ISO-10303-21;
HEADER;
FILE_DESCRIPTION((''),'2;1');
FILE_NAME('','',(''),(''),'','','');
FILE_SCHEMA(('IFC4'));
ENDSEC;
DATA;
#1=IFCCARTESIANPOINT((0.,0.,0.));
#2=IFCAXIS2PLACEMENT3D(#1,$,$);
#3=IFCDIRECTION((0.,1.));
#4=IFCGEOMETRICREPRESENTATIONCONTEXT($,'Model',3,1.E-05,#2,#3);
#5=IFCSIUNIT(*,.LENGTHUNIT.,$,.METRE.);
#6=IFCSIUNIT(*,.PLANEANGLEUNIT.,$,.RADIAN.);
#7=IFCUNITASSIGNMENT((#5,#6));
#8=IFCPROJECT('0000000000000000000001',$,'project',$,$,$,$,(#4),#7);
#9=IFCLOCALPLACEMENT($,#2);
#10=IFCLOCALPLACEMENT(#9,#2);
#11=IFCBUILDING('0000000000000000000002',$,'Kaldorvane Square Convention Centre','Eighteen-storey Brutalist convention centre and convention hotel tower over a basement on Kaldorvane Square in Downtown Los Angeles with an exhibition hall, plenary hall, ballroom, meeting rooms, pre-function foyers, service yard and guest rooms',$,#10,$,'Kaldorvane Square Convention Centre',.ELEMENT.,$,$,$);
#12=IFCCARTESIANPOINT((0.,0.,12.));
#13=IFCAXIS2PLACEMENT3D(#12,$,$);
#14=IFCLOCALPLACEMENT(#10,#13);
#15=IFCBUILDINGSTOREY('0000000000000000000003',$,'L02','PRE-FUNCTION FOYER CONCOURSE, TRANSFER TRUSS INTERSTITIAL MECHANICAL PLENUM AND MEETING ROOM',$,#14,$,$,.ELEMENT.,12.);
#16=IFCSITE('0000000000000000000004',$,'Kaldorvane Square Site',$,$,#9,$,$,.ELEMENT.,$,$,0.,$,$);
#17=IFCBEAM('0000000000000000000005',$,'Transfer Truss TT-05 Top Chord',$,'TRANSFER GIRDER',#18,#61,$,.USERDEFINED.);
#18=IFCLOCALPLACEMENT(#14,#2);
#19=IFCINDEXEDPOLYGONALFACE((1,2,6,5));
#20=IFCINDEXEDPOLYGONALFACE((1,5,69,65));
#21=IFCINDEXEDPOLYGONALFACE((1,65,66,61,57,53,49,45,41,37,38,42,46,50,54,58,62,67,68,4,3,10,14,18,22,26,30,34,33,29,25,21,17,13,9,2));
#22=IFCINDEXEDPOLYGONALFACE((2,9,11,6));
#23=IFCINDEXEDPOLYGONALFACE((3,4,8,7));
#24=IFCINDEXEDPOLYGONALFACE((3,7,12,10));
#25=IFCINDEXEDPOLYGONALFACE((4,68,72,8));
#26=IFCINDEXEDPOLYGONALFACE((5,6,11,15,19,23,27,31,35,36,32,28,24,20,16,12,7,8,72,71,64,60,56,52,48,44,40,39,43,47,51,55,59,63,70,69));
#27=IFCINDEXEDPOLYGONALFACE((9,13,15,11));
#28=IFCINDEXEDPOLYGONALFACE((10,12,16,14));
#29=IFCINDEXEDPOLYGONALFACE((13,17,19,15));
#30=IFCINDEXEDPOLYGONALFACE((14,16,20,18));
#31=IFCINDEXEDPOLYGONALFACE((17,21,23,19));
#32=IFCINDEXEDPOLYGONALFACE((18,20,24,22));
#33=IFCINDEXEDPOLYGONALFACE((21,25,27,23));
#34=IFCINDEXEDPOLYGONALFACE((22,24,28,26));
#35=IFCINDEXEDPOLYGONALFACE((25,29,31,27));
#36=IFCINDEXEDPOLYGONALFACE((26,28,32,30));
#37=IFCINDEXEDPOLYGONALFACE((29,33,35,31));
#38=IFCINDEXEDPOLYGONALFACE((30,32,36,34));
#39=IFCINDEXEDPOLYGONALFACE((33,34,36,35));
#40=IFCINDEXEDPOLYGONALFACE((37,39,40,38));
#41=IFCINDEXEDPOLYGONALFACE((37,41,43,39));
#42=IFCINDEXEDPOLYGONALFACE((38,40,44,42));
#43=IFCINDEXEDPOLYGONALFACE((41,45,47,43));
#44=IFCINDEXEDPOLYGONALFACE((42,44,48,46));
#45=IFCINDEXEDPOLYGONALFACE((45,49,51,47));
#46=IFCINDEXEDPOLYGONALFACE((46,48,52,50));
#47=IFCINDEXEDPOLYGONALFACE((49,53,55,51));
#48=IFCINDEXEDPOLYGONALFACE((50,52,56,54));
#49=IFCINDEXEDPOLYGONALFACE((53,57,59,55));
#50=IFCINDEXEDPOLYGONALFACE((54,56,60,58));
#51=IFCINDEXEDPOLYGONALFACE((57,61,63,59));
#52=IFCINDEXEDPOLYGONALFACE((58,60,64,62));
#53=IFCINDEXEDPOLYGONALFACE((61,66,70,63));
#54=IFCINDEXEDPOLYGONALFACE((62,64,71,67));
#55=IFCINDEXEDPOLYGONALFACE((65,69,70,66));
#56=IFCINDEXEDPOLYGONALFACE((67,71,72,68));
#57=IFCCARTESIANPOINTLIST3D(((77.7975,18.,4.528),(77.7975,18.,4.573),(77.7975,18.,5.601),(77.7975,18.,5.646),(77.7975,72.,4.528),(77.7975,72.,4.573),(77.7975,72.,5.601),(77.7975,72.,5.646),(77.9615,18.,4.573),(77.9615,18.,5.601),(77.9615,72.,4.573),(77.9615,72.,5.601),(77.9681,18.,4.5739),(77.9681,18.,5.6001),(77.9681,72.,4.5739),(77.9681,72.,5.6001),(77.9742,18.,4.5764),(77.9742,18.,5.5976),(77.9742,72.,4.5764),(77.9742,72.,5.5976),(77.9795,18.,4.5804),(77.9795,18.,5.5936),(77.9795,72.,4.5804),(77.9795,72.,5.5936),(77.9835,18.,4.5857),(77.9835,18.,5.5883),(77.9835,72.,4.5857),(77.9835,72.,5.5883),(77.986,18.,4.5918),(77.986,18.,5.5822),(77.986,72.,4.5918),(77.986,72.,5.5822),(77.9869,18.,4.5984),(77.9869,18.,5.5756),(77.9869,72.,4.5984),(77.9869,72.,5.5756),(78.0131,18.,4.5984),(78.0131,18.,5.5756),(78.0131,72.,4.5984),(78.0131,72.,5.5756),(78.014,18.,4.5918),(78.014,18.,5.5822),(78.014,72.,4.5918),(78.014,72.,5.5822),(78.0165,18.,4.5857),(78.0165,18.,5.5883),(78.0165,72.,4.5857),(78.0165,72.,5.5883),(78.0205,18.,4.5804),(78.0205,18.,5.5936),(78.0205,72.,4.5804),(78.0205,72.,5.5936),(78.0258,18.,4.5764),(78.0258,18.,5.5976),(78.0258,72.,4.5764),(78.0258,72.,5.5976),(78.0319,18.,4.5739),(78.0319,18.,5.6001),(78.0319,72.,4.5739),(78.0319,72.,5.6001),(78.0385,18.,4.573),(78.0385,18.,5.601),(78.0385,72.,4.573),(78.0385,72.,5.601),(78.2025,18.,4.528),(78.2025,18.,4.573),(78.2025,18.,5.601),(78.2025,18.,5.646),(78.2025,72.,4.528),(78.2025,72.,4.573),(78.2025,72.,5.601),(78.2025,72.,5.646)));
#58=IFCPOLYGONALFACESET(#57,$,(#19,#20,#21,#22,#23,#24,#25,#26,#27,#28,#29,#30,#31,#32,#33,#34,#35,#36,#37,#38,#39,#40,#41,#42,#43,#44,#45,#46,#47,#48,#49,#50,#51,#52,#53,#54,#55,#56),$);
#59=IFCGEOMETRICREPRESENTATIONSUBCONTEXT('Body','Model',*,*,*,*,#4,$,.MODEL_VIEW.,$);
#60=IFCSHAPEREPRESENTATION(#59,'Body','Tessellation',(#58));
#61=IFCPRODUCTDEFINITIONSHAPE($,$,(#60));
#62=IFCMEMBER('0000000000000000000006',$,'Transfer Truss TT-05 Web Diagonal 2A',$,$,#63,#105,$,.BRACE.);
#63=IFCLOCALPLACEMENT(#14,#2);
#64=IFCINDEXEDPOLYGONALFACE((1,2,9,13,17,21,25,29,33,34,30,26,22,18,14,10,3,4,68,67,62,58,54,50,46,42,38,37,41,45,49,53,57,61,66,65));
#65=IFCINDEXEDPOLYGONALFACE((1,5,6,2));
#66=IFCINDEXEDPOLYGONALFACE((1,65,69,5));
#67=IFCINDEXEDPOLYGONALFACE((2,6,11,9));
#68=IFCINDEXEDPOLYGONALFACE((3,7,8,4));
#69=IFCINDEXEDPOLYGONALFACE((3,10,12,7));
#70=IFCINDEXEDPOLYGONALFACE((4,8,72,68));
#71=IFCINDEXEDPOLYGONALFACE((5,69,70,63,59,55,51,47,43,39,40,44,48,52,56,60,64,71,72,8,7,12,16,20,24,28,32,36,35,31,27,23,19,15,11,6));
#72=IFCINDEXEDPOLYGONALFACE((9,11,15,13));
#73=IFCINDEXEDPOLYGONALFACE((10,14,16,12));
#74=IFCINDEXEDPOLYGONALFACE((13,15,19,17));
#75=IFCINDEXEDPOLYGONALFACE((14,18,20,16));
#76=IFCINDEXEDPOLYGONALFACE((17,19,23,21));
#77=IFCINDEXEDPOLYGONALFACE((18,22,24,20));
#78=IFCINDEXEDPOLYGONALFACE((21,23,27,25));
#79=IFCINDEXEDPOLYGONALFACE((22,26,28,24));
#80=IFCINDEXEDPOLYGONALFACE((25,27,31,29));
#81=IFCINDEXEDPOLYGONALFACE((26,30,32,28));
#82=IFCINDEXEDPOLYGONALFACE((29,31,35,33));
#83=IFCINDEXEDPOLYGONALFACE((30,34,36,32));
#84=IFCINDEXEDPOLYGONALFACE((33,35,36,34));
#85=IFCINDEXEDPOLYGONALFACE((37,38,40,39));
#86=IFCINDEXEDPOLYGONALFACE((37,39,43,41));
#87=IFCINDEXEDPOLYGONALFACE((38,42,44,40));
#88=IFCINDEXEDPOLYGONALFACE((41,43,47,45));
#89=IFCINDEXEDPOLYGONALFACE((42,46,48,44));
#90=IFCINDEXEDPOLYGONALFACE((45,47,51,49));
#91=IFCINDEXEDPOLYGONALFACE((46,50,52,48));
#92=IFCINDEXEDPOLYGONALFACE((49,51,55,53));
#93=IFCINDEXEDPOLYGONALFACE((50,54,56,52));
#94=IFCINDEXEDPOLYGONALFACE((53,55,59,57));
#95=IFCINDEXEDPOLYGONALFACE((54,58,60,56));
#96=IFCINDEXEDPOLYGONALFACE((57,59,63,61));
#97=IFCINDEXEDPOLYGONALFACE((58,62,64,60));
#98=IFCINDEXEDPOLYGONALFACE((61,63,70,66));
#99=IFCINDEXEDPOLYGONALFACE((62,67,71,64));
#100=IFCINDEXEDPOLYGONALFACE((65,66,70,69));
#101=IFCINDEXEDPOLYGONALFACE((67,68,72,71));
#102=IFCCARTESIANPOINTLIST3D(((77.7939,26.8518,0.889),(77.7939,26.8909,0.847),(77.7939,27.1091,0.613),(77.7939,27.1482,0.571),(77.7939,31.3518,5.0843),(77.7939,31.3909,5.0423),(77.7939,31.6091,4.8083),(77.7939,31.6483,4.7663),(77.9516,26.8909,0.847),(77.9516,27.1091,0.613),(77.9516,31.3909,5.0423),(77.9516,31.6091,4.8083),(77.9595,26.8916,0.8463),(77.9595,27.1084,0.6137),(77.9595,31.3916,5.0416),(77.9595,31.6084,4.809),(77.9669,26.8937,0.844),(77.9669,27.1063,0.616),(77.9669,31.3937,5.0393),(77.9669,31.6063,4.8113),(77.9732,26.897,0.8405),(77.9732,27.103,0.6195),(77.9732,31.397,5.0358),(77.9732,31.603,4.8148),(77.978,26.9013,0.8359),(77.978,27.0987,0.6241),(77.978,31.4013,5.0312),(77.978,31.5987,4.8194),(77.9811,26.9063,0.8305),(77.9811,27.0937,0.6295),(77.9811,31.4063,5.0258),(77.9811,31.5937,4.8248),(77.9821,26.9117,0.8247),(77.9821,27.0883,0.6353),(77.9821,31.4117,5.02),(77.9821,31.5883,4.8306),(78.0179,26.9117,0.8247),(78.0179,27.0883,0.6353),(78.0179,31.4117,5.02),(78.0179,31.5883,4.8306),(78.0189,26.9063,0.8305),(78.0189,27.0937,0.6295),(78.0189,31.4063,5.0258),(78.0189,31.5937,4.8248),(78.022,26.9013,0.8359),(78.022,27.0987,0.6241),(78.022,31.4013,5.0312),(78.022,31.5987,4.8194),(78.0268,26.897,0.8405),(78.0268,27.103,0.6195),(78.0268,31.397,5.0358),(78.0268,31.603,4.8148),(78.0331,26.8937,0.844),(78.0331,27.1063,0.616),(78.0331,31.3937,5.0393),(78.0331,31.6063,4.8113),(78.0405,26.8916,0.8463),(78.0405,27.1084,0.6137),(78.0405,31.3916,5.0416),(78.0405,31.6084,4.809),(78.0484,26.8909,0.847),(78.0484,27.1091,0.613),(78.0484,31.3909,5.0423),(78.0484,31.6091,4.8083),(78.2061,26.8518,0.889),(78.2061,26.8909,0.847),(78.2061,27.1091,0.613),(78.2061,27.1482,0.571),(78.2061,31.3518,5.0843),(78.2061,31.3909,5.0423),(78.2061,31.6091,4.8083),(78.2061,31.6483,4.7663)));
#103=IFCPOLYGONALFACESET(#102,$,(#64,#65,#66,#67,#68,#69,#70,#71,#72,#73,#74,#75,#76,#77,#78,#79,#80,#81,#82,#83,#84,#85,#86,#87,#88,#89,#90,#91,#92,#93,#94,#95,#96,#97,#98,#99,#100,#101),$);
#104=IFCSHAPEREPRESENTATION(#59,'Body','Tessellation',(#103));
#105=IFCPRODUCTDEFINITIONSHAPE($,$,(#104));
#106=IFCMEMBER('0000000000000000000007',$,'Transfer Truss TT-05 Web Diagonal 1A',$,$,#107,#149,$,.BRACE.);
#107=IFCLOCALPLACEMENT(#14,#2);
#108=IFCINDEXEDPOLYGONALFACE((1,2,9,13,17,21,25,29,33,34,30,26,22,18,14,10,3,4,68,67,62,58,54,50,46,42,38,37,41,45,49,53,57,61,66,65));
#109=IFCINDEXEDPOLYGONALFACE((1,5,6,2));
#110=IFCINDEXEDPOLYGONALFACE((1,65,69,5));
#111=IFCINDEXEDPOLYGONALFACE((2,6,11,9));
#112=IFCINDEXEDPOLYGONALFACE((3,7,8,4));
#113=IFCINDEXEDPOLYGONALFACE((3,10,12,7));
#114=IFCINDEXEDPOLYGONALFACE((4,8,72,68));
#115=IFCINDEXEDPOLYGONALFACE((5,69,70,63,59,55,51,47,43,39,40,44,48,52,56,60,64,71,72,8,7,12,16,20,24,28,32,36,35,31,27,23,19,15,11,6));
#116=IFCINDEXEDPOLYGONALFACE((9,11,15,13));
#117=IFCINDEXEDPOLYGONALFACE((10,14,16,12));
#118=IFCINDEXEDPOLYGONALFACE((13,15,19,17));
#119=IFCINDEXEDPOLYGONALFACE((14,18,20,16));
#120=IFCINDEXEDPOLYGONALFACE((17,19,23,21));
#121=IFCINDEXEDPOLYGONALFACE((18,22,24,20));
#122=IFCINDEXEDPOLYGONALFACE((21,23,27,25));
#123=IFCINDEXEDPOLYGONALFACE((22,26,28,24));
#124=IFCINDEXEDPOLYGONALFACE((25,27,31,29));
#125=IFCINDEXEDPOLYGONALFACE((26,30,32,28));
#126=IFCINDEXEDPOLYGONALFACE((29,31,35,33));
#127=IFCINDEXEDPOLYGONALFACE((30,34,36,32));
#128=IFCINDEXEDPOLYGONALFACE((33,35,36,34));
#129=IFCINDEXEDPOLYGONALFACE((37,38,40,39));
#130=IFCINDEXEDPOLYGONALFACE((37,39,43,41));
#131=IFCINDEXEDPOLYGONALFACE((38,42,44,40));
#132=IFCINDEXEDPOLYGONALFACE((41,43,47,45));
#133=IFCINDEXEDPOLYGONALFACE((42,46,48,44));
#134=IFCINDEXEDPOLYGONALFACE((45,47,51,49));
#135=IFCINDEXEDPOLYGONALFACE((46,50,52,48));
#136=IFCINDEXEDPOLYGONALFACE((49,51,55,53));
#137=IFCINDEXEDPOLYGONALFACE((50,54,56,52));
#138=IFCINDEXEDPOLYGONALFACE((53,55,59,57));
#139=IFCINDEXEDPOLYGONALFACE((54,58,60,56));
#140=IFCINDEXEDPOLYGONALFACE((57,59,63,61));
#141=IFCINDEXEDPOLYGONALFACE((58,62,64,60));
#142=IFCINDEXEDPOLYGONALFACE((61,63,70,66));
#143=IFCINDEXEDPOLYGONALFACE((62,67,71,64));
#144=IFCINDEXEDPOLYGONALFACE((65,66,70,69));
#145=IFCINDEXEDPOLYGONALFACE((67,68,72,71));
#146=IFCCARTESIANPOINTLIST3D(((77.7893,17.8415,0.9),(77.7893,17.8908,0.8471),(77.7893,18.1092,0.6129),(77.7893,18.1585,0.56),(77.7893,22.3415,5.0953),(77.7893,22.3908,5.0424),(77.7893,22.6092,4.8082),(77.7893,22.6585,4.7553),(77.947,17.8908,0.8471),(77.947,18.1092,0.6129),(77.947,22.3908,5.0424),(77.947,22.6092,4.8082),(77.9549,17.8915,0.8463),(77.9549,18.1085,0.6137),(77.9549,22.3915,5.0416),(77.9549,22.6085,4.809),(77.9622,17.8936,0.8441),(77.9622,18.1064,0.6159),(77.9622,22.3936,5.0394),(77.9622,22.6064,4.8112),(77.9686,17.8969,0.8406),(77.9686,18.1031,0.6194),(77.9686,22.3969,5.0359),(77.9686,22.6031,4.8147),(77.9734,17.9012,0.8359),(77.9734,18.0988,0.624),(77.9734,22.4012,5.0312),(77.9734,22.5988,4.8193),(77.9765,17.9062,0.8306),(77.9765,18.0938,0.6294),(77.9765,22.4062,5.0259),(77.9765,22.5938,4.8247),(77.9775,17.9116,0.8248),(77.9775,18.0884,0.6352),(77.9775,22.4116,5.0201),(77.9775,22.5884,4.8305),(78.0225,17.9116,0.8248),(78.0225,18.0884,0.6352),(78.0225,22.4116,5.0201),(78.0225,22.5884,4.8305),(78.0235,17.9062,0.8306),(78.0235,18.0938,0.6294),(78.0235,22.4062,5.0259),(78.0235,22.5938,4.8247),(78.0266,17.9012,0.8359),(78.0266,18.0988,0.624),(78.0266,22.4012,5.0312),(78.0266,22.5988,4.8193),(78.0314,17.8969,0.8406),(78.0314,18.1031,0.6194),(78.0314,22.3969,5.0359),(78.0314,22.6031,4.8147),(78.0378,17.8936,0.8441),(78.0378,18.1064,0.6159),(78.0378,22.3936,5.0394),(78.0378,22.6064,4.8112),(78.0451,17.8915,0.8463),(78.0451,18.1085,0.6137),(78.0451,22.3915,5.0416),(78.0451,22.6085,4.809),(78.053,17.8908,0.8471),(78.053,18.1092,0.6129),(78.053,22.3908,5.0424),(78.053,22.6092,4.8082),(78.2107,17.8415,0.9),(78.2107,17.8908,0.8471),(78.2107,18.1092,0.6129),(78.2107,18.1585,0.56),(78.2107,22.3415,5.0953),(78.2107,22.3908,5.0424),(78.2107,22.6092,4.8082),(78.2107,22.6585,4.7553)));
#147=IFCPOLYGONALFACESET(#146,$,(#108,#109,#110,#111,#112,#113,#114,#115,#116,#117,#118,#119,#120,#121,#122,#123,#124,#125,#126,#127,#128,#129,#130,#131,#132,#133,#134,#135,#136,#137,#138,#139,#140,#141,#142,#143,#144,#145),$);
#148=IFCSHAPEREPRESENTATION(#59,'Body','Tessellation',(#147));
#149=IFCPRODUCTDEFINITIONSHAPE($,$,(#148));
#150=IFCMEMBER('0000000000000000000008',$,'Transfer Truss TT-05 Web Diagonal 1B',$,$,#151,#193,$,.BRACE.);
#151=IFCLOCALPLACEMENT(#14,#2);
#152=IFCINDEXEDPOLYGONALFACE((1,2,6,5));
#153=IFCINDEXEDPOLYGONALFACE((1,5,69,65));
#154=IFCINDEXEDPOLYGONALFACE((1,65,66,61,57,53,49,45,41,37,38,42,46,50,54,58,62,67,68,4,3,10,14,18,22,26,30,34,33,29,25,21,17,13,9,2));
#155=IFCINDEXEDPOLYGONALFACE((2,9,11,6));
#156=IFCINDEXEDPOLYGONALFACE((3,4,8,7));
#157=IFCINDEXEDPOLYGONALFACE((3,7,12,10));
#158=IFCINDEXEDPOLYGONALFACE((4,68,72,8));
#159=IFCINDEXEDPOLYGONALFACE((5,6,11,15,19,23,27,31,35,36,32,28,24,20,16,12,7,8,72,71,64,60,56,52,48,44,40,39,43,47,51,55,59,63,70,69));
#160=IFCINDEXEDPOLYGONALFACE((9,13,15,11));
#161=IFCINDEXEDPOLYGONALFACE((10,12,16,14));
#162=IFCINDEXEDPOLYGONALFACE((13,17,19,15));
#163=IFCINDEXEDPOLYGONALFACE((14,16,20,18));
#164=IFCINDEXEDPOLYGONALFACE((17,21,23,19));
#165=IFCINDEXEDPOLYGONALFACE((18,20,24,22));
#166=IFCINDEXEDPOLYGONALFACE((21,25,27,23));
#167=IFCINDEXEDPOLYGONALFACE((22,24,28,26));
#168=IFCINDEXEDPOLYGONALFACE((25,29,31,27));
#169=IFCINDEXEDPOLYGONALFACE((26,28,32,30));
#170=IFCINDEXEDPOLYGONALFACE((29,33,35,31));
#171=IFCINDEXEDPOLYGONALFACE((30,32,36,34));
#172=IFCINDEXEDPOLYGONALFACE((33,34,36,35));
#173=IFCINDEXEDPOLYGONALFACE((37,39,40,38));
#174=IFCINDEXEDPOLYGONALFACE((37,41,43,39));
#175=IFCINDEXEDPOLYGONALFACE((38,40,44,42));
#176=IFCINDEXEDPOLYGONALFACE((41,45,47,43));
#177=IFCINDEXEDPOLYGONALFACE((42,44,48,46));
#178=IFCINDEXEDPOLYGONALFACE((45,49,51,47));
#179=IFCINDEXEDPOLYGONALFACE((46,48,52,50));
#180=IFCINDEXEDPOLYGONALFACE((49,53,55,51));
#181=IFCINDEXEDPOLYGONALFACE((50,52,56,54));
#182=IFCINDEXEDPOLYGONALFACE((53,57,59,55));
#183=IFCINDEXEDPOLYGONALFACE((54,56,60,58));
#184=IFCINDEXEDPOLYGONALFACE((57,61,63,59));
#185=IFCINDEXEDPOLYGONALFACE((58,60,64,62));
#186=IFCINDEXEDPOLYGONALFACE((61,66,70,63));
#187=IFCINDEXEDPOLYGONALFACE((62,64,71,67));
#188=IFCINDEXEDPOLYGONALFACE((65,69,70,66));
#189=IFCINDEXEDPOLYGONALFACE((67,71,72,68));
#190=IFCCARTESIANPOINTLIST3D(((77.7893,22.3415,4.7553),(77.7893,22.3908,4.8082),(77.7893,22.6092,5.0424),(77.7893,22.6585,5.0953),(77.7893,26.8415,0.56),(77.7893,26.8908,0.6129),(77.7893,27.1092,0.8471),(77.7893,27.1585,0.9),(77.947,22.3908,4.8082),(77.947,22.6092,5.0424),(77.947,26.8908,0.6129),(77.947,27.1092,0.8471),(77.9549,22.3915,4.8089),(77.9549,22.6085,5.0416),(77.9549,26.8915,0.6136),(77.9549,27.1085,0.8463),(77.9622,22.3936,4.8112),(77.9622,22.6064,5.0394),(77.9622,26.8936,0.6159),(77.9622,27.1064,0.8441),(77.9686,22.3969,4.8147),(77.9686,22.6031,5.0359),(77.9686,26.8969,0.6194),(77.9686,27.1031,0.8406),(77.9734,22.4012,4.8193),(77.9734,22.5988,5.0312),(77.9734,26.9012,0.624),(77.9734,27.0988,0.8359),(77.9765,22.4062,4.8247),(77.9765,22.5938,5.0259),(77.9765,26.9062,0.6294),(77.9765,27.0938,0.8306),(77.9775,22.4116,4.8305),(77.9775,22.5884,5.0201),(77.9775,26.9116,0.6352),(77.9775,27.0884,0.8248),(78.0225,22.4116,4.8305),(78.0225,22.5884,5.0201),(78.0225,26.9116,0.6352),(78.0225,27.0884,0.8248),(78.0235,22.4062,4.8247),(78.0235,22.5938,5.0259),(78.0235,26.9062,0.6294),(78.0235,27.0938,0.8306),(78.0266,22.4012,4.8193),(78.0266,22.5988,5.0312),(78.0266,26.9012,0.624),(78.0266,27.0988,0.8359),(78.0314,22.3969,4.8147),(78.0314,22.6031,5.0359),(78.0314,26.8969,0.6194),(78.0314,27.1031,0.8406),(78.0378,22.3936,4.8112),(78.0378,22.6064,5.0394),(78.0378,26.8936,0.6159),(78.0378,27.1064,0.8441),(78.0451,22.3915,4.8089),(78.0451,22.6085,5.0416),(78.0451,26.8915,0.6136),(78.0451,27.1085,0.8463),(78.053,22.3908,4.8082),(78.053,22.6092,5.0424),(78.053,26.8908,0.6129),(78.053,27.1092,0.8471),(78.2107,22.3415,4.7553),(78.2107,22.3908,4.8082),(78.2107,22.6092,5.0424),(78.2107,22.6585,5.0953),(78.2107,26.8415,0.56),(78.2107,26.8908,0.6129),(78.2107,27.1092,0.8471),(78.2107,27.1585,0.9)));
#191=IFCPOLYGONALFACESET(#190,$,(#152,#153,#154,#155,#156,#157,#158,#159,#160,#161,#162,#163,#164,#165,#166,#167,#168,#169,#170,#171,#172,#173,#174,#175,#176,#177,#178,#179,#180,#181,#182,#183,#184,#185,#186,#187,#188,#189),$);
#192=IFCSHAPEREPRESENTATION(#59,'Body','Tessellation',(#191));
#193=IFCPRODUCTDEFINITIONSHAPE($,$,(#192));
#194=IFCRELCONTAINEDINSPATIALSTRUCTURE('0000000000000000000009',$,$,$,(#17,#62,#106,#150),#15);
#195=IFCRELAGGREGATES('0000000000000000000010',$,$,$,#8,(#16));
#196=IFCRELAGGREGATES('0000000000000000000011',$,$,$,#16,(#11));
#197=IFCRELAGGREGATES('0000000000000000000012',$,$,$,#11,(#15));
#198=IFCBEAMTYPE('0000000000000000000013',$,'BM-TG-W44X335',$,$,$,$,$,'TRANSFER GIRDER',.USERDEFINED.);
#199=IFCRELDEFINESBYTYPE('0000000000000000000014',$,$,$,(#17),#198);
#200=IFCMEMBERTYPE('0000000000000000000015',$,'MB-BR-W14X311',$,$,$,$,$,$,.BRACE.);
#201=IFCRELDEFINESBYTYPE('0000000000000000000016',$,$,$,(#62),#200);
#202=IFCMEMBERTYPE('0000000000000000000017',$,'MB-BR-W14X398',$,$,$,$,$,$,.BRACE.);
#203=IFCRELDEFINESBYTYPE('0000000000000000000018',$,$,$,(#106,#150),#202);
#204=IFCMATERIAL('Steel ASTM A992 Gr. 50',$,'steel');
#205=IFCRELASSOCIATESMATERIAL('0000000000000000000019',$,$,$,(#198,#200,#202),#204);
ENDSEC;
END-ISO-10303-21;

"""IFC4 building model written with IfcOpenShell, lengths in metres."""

from ifc_helpers import new_model, si_unit, direction, frame, origin, origin_2d, place, context, subcontext, project, spatial, i_section, extrude, material, material_profile, profile_set, type_object, element, save


model = new_model("IFC4")

# Units and contexts
model_context = context("Model", 3, precision=1e-05, world=origin(), true_north=direction((0.0, 1.0)))
body_context = subcontext(model_context, "Body", "Model", "MODEL_VIEW")
ifc_project = project(units=[si_unit("LENGTHUNIT", "METRE"), si_unit("PLANEANGLEUNIT", "RADIAN")], contexts=[model_context])

# Site, building, storey
site_placement = place(None, origin())
site = spatial("IfcSite", under=ifc_project, at=site_placement, Name="Kaldorvane Square Site", CompositionType="ELEMENT", RefElevation=0.0)
building_placement = place(site_placement, origin())
building = spatial("IfcBuilding", under=site, at=building_placement, Name="Kaldorvane Square Convention Centre", Description="Eighteen-storey Brutalist convention centre and convention hotel tower over a basement on Kaldorvane Square in Downtown Los Angeles with an exhibition hall, plenary hall, ballroom, meeting rooms, pre-function foyers, service yard and guest rooms", LongName="Kaldorvane Square Convention Centre", CompositionType="ELEMENT")
storey_placement = place(building_placement, frame((0.0, 0.0, 12.0)))
storey = spatial("IfcBuildingStorey", under=building, at=storey_placement, Name="L02", Description="PRE-FUNCTION FOYER CONCOURSE, TRANSFER TRUSS INTERSTITIAL MECHANICAL PLENUM AND MEETING ROOM", CompositionType="ELEMENT", Elevation=12.0)

# Shared definitions
ifc_material_1 = material(Name="Steel ASTM A992 Gr. 50", Category="steel")

# Beam
ifc_material_profile_1 = material_profile(ifc_material_1, i_section(OverallWidth=0.405, OverallDepth=1.118, WebThickness=0.0262, FlangeThickness=0.045, FilletRadius=0.0254, at=origin_2d()), Name="W44X335")
ifc_profile_set_1 = profile_set([ifc_material_profile_1], Name="Steel ASTM A992 Gr. 50")
beam_type_1 = type_object("IfcBeamType", Name="BM-TG-W44X335", ElementType="TRANSFER GIRDER", PredefinedType="USERDEFINED", material=ifc_profile_set_1)
beam_1_placement = place(storey_placement, frame((78.0, 18.0, 5.087), z_axis=(0.0, 1.0, 0.0), x_axis=(-1.0, 0.0, 0.0)))
element("IfcBeam", 1, at=beam_1_placement, inside=storey, type_object=beam_type_1, Name="Transfer Truss TT-05 Top Chord", ObjectType="TRANSFER GIRDER", PredefinedType="USERDEFINED", context=body_context, shape_type="SweptSolid", body=[
    extrude(i_section(OverallWidth=0.405, OverallDepth=1.118, WebThickness=0.0262, FlangeThickness=0.045, FilletRadius=0.0254, at=origin_2d()), origin(), (0.0, 0.0, 1.0), 54.0),
])

# Members
ifc_material_profile_2 = material_profile(ifc_material_1, i_section(OverallWidth=0.4122, OverallDepth=0.4348, WebThickness=0.0358, FlangeThickness=0.0574, FilletRadius=0.0305, at=origin_2d()), Name="W14X311")
ifc_profile_set_2 = profile_set([ifc_material_profile_2], Name="Steel ASTM A992 Gr. 50")
member_type_1 = type_object("IfcMemberType", Name="MB-BR-W14X311", PredefinedType="BRACE", material=ifc_profile_set_2)
member_1_placement = place(storey_placement, frame((78.0, 27.0, 0.73), z_axis=(0.0, 0.731436, 0.68191), x_axis=(-1.0, 0.0, 0.0)))
element("IfcMember", 2, at=member_1_placement, inside=storey, type_object=member_type_1, Name="Transfer Truss TT-05 Web Diagonal 2A", PredefinedType="BRACE", context=body_context, shape_type="SweptSolid", body=[
    extrude(i_section(OverallWidth=0.4122, OverallDepth=0.4348, WebThickness=0.0358, FlangeThickness=0.0574, FilletRadius=0.0305, at=origin_2d()), origin(), (0.0, 0.0, 1.0), 6.1523),
])
ifc_material_profile_3 = material_profile(ifc_material_1, i_section(OverallWidth=0.4214, OverallDepth=0.4648, WebThickness=0.045, FlangeThickness=0.0723, FilletRadius=0.0305, at=origin_2d()), Name="W14X398")
ifc_profile_set_3 = profile_set([ifc_material_profile_3], Name="Steel ASTM A992 Gr. 50")
member_type_2 = type_object("IfcMemberType", Name="MB-BR-W14X398", PredefinedType="BRACE", material=ifc_profile_set_3)
for number, where, z_axis, x_axis, name in (
    (3, (78.0, 18.0, 0.73), (0.0, 0.731436, 0.68191), (-1.0, 0.0, 0.0), "Transfer Truss TT-05 Web Diagonal 1A"),
    (4, (78.0, 22.5, 4.9253), (0.0, 0.731436, -0.68191), (-1.0, 0.0, 0.0), "Transfer Truss TT-05 Web Diagonal 1B"),
):
    element("IfcMember", number, at=place(storey_placement, frame(where, z_axis=z_axis, x_axis=x_axis)), inside=storey, type_object=member_type_2, Name=name, PredefinedType="BRACE", context=body_context, shape_type="SweptSolid", body=[
        extrude(i_section(OverallWidth=0.4214, OverallDepth=0.4648, WebThickness=0.045, FlangeThickness=0.0723, FilletRadius=0.0305, at=origin_2d()), origin(), (0.0, 0.0, 1.0), 6.1523),
    ])

save(model, "model.ifc")
